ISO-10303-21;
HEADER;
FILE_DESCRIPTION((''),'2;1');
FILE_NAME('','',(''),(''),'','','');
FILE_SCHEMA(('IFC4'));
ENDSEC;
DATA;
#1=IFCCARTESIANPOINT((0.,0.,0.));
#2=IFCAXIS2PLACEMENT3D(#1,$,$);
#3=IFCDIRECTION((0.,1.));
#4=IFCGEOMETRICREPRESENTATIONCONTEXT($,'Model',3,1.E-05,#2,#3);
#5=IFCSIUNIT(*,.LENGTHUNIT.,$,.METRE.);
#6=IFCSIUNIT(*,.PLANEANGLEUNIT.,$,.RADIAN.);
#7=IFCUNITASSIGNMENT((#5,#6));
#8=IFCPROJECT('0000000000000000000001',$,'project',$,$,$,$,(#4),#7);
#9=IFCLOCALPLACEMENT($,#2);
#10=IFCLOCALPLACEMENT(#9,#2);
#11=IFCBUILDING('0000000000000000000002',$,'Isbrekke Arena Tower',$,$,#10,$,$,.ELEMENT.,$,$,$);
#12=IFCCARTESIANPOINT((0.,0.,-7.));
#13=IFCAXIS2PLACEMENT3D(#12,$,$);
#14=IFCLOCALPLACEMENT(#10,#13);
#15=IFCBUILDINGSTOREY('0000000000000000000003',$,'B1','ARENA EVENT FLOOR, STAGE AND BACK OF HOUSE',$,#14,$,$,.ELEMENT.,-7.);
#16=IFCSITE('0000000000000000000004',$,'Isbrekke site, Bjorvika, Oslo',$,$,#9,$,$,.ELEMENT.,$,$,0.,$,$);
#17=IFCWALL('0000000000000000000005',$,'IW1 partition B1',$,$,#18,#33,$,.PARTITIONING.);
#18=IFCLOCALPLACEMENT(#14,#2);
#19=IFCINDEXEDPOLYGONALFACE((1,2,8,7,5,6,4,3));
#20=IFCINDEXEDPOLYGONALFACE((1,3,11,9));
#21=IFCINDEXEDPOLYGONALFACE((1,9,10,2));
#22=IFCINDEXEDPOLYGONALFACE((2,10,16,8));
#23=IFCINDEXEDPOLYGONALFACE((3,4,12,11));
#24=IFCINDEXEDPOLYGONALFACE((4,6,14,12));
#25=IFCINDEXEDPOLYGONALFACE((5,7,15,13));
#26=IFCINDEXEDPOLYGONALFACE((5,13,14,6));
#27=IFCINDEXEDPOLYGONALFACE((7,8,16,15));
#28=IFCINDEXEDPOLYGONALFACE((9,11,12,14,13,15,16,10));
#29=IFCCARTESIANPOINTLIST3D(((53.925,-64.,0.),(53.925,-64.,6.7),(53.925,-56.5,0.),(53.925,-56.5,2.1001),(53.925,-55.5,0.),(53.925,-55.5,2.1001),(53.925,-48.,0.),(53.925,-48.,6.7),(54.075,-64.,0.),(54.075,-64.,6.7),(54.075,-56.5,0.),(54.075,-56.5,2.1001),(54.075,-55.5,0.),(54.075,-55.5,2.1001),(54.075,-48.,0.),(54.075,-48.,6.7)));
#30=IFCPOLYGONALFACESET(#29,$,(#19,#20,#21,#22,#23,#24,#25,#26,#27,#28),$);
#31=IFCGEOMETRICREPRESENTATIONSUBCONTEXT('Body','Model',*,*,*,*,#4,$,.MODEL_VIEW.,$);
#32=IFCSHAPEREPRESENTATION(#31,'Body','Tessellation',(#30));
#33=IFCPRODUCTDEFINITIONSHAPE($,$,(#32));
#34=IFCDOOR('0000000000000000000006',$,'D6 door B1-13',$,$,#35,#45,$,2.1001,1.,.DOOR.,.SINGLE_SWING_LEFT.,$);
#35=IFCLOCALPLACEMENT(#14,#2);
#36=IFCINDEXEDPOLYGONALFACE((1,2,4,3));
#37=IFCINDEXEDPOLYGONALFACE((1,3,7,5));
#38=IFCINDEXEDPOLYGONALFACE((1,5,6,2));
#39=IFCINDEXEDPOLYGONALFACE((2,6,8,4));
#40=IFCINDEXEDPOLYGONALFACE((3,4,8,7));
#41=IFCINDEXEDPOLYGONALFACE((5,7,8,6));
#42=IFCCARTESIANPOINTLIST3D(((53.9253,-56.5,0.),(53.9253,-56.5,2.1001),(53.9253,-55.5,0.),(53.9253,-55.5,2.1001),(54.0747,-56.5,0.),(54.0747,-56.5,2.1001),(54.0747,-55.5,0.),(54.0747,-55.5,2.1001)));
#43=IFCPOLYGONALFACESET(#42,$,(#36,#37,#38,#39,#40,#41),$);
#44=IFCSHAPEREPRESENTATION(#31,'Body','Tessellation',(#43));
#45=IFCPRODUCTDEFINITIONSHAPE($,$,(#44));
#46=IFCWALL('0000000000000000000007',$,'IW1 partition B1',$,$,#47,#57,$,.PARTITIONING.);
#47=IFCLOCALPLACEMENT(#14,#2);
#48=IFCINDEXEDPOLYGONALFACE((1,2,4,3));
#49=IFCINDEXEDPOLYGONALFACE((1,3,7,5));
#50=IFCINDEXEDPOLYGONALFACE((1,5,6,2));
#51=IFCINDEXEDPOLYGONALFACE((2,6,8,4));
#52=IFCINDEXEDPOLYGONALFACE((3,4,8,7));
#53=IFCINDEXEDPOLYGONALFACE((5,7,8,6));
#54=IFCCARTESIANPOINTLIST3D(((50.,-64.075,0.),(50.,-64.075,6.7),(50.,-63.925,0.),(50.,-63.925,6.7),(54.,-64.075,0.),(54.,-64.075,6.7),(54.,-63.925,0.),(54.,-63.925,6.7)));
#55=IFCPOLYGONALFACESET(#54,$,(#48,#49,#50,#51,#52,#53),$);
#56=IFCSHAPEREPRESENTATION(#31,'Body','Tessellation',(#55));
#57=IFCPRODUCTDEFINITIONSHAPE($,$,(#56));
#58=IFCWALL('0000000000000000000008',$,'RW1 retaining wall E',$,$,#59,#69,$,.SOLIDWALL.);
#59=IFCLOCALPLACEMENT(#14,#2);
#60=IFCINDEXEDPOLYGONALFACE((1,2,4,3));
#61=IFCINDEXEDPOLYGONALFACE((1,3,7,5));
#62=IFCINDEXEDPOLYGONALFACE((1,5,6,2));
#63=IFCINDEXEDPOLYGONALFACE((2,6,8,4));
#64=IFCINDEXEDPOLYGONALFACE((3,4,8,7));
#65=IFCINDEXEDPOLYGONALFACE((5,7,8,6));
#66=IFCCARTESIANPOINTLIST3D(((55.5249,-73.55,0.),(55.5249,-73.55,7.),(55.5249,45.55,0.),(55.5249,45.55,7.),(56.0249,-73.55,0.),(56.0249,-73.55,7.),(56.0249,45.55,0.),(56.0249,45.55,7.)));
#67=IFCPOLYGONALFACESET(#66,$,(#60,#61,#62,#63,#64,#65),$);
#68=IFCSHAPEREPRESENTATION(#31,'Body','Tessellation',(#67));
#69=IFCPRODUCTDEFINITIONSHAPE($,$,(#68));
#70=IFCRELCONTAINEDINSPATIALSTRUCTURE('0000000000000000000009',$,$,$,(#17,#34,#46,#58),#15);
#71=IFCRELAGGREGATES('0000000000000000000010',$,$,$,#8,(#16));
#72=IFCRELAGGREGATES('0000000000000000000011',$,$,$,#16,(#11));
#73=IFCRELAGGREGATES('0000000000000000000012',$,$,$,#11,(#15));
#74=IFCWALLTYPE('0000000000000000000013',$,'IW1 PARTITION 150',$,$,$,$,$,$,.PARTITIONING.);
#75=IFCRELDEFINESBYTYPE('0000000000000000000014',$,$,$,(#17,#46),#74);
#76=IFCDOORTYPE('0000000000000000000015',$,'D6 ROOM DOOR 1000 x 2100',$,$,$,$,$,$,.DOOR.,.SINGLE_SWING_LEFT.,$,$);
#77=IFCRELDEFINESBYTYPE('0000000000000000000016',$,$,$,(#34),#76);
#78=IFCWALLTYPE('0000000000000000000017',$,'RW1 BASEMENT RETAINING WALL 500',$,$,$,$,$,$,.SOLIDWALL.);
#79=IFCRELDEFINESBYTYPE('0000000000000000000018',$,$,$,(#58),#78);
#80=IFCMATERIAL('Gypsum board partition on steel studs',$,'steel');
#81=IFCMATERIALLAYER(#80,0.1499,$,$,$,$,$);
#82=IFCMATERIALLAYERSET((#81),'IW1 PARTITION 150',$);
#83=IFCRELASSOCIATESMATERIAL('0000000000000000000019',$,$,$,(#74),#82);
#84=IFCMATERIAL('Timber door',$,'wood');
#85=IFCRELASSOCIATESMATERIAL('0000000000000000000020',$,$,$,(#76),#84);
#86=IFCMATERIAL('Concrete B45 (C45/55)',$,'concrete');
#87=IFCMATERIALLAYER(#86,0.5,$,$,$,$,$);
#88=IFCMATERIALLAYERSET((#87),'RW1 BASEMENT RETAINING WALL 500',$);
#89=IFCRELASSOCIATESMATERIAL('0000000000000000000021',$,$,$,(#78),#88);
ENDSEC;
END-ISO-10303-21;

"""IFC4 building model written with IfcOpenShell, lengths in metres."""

from ifc_helpers import new_model, si_unit, direction, frame, frame_2d, origin, place, context, subcontext, project, spatial, rectangle, extrude, material, layer, layer_set, type_object, element, fill, save


model = new_model("IFC4")

# Units and contexts
model_context = context("Model", 3, precision=1e-05, world=origin(), true_north=direction((0.0, 1.0)))
body_context = subcontext(model_context, "Body", "Model", "MODEL_VIEW")
ifc_project = project(units=[si_unit("LENGTHUNIT", "METRE"), si_unit("PLANEANGLEUNIT", "RADIAN")], contexts=[model_context])

# Site, building, storey
site_placement = place(None, origin())
site = spatial("IfcSite", under=ifc_project, at=site_placement, Name="Isbrekke site, Bjorvika, Oslo", CompositionType="ELEMENT", RefElevation=0.0)
building_placement = place(site_placement, origin())
building = spatial("IfcBuilding", under=site, at=building_placement, Name="Isbrekke Arena Tower", CompositionType="ELEMENT")
storey_placement = place(building_placement, frame((0.0, 0.0, -7.0)))
storey = spatial("IfcBuildingStorey", under=building, at=storey_placement, Name="B1", Description="ARENA EVENT FLOOR, STAGE AND BACK OF HOUSE", CompositionType="ELEMENT", Elevation=-7.0)

# Shared definitions
ifc_material_1 = material(Name="Gypsum board partition on steel studs", Category="steel")
ifc_layer_1 = layer(ifc_material_1, 0.1499)
ifc_layer_set_1 = layer_set([ifc_layer_1], Name="IW1 PARTITION 150")
wall_type_1 = type_object("IfcWallType", Name="IW1 PARTITION 150", PredefinedType="PARTITIONING", material=ifc_layer_set_1)

# Wall, opening, door
wall_1_placement = place(storey_placement, frame((54.0, -64.0, 0.0), z_axis=(0.0, 0.0, 1.0), x_axis=(0.0, 1.0, 0.0)))
wall_1 = element("IfcWall", 1, at=wall_1_placement, inside=storey, type_object=wall_type_1, Name="IW1 partition B1", PredefinedType="PARTITIONING", context=body_context, shape_type="SweptSolid", body=[
    extrude(rectangle(XDim=16.0, YDim=0.1499, at=frame_2d((8.0, 0.0))), origin(), (0.0, 0.0, 1.0), 6.7),
])
opening_placement = place(wall_1_placement, frame((7.5, 0.0, 0.0)))
opening = element("IfcOpeningElement", 2, at=opening_placement, cuts=wall_1, PredefinedType="OPENING", context=body_context, shape_type="SweptSolid", body=[
    extrude(rectangle(XDim=1.0, YDim=2.1001, at=frame_2d((0.5, 1.05))), frame((0.0, 0.0898, 0.0), z_axis=(0.0, -1.0, 0.0), x_axis=(1.0, 0.0, 0.0)), (0.0, 0.0, 1.0), 0.1797),
])
ifc_material_2 = material(Name="Timber door", Category="wood")
door_type = type_object("IfcDoorType", Name="D6 ROOM DOOR 1000 x 2100", OperationType="SINGLE_SWING_LEFT", PredefinedType="DOOR", material=ifc_material_2)
door_placement = place(opening_placement, origin())
door = element("IfcDoor", 3, at=door_placement, inside=storey, type_object=door_type, Name="D6 door B1-13", OperationType="SINGLE_SWING_LEFT", OverallHeight=2.1001, OverallWidth=1.0, PredefinedType="DOOR", context=body_context, shape_type="SweptSolid", body=[
    extrude(rectangle(XDim=1.0, YDim=2.1001, at=frame_2d((0.5, 1.05))), frame((0.0, 0.0747, 0.0), z_axis=(0.0, -1.0, 0.0), x_axis=(1.0, 0.0, 0.0)), (0.0, 0.0, 1.0), 0.1494),
])
fill(opening, door)

# Walls
wall_2_placement = place(storey_placement, frame((50.0, -64.0, 0.0), z_axis=(0.0, 0.0, 1.0), x_axis=(1.0, 0.0, 0.0)))
element("IfcWall", 4, at=wall_2_placement, inside=storey, type_object=wall_type_1, Name="IW1 partition B1", PredefinedType="PARTITIONING", context=body_context, shape_type="SweptSolid", body=[
    extrude(rectangle(XDim=4.0, YDim=0.1499, at=frame_2d((2.0, 0.0))), origin(), (0.0, 0.0, 1.0), 6.7),
])
ifc_material_3 = material(Name="Concrete B45 (C45/55)", Category="concrete")
ifc_layer_2 = layer(ifc_material_3, 0.5)
ifc_layer_set_2 = layer_set([ifc_layer_2], Name="RW1 BASEMENT RETAINING WALL 500")
wall_type_2 = type_object("IfcWallType", Name="RW1 BASEMENT RETAINING WALL 500", PredefinedType="SOLIDWALL", material=ifc_layer_set_2)
wall_3_placement = place(storey_placement, frame((55.7749, -73.55, 0.0), z_axis=(0.0, 0.0, 1.0), x_axis=(0.0, 1.0, 0.0)))
element("IfcWall", 5, at=wall_3_placement, inside=storey, type_object=wall_type_2, Name="RW1 retaining wall E", PredefinedType="SOLIDWALL", context=body_context, shape_type="SweptSolid", body=[
    extrude(rectangle(XDim=119.1001, YDim=0.5, at=frame_2d((59.55, 0.0))), origin(), (0.0, 0.0, 1.0), 7.0),
])

save(model, "model.ifc")
